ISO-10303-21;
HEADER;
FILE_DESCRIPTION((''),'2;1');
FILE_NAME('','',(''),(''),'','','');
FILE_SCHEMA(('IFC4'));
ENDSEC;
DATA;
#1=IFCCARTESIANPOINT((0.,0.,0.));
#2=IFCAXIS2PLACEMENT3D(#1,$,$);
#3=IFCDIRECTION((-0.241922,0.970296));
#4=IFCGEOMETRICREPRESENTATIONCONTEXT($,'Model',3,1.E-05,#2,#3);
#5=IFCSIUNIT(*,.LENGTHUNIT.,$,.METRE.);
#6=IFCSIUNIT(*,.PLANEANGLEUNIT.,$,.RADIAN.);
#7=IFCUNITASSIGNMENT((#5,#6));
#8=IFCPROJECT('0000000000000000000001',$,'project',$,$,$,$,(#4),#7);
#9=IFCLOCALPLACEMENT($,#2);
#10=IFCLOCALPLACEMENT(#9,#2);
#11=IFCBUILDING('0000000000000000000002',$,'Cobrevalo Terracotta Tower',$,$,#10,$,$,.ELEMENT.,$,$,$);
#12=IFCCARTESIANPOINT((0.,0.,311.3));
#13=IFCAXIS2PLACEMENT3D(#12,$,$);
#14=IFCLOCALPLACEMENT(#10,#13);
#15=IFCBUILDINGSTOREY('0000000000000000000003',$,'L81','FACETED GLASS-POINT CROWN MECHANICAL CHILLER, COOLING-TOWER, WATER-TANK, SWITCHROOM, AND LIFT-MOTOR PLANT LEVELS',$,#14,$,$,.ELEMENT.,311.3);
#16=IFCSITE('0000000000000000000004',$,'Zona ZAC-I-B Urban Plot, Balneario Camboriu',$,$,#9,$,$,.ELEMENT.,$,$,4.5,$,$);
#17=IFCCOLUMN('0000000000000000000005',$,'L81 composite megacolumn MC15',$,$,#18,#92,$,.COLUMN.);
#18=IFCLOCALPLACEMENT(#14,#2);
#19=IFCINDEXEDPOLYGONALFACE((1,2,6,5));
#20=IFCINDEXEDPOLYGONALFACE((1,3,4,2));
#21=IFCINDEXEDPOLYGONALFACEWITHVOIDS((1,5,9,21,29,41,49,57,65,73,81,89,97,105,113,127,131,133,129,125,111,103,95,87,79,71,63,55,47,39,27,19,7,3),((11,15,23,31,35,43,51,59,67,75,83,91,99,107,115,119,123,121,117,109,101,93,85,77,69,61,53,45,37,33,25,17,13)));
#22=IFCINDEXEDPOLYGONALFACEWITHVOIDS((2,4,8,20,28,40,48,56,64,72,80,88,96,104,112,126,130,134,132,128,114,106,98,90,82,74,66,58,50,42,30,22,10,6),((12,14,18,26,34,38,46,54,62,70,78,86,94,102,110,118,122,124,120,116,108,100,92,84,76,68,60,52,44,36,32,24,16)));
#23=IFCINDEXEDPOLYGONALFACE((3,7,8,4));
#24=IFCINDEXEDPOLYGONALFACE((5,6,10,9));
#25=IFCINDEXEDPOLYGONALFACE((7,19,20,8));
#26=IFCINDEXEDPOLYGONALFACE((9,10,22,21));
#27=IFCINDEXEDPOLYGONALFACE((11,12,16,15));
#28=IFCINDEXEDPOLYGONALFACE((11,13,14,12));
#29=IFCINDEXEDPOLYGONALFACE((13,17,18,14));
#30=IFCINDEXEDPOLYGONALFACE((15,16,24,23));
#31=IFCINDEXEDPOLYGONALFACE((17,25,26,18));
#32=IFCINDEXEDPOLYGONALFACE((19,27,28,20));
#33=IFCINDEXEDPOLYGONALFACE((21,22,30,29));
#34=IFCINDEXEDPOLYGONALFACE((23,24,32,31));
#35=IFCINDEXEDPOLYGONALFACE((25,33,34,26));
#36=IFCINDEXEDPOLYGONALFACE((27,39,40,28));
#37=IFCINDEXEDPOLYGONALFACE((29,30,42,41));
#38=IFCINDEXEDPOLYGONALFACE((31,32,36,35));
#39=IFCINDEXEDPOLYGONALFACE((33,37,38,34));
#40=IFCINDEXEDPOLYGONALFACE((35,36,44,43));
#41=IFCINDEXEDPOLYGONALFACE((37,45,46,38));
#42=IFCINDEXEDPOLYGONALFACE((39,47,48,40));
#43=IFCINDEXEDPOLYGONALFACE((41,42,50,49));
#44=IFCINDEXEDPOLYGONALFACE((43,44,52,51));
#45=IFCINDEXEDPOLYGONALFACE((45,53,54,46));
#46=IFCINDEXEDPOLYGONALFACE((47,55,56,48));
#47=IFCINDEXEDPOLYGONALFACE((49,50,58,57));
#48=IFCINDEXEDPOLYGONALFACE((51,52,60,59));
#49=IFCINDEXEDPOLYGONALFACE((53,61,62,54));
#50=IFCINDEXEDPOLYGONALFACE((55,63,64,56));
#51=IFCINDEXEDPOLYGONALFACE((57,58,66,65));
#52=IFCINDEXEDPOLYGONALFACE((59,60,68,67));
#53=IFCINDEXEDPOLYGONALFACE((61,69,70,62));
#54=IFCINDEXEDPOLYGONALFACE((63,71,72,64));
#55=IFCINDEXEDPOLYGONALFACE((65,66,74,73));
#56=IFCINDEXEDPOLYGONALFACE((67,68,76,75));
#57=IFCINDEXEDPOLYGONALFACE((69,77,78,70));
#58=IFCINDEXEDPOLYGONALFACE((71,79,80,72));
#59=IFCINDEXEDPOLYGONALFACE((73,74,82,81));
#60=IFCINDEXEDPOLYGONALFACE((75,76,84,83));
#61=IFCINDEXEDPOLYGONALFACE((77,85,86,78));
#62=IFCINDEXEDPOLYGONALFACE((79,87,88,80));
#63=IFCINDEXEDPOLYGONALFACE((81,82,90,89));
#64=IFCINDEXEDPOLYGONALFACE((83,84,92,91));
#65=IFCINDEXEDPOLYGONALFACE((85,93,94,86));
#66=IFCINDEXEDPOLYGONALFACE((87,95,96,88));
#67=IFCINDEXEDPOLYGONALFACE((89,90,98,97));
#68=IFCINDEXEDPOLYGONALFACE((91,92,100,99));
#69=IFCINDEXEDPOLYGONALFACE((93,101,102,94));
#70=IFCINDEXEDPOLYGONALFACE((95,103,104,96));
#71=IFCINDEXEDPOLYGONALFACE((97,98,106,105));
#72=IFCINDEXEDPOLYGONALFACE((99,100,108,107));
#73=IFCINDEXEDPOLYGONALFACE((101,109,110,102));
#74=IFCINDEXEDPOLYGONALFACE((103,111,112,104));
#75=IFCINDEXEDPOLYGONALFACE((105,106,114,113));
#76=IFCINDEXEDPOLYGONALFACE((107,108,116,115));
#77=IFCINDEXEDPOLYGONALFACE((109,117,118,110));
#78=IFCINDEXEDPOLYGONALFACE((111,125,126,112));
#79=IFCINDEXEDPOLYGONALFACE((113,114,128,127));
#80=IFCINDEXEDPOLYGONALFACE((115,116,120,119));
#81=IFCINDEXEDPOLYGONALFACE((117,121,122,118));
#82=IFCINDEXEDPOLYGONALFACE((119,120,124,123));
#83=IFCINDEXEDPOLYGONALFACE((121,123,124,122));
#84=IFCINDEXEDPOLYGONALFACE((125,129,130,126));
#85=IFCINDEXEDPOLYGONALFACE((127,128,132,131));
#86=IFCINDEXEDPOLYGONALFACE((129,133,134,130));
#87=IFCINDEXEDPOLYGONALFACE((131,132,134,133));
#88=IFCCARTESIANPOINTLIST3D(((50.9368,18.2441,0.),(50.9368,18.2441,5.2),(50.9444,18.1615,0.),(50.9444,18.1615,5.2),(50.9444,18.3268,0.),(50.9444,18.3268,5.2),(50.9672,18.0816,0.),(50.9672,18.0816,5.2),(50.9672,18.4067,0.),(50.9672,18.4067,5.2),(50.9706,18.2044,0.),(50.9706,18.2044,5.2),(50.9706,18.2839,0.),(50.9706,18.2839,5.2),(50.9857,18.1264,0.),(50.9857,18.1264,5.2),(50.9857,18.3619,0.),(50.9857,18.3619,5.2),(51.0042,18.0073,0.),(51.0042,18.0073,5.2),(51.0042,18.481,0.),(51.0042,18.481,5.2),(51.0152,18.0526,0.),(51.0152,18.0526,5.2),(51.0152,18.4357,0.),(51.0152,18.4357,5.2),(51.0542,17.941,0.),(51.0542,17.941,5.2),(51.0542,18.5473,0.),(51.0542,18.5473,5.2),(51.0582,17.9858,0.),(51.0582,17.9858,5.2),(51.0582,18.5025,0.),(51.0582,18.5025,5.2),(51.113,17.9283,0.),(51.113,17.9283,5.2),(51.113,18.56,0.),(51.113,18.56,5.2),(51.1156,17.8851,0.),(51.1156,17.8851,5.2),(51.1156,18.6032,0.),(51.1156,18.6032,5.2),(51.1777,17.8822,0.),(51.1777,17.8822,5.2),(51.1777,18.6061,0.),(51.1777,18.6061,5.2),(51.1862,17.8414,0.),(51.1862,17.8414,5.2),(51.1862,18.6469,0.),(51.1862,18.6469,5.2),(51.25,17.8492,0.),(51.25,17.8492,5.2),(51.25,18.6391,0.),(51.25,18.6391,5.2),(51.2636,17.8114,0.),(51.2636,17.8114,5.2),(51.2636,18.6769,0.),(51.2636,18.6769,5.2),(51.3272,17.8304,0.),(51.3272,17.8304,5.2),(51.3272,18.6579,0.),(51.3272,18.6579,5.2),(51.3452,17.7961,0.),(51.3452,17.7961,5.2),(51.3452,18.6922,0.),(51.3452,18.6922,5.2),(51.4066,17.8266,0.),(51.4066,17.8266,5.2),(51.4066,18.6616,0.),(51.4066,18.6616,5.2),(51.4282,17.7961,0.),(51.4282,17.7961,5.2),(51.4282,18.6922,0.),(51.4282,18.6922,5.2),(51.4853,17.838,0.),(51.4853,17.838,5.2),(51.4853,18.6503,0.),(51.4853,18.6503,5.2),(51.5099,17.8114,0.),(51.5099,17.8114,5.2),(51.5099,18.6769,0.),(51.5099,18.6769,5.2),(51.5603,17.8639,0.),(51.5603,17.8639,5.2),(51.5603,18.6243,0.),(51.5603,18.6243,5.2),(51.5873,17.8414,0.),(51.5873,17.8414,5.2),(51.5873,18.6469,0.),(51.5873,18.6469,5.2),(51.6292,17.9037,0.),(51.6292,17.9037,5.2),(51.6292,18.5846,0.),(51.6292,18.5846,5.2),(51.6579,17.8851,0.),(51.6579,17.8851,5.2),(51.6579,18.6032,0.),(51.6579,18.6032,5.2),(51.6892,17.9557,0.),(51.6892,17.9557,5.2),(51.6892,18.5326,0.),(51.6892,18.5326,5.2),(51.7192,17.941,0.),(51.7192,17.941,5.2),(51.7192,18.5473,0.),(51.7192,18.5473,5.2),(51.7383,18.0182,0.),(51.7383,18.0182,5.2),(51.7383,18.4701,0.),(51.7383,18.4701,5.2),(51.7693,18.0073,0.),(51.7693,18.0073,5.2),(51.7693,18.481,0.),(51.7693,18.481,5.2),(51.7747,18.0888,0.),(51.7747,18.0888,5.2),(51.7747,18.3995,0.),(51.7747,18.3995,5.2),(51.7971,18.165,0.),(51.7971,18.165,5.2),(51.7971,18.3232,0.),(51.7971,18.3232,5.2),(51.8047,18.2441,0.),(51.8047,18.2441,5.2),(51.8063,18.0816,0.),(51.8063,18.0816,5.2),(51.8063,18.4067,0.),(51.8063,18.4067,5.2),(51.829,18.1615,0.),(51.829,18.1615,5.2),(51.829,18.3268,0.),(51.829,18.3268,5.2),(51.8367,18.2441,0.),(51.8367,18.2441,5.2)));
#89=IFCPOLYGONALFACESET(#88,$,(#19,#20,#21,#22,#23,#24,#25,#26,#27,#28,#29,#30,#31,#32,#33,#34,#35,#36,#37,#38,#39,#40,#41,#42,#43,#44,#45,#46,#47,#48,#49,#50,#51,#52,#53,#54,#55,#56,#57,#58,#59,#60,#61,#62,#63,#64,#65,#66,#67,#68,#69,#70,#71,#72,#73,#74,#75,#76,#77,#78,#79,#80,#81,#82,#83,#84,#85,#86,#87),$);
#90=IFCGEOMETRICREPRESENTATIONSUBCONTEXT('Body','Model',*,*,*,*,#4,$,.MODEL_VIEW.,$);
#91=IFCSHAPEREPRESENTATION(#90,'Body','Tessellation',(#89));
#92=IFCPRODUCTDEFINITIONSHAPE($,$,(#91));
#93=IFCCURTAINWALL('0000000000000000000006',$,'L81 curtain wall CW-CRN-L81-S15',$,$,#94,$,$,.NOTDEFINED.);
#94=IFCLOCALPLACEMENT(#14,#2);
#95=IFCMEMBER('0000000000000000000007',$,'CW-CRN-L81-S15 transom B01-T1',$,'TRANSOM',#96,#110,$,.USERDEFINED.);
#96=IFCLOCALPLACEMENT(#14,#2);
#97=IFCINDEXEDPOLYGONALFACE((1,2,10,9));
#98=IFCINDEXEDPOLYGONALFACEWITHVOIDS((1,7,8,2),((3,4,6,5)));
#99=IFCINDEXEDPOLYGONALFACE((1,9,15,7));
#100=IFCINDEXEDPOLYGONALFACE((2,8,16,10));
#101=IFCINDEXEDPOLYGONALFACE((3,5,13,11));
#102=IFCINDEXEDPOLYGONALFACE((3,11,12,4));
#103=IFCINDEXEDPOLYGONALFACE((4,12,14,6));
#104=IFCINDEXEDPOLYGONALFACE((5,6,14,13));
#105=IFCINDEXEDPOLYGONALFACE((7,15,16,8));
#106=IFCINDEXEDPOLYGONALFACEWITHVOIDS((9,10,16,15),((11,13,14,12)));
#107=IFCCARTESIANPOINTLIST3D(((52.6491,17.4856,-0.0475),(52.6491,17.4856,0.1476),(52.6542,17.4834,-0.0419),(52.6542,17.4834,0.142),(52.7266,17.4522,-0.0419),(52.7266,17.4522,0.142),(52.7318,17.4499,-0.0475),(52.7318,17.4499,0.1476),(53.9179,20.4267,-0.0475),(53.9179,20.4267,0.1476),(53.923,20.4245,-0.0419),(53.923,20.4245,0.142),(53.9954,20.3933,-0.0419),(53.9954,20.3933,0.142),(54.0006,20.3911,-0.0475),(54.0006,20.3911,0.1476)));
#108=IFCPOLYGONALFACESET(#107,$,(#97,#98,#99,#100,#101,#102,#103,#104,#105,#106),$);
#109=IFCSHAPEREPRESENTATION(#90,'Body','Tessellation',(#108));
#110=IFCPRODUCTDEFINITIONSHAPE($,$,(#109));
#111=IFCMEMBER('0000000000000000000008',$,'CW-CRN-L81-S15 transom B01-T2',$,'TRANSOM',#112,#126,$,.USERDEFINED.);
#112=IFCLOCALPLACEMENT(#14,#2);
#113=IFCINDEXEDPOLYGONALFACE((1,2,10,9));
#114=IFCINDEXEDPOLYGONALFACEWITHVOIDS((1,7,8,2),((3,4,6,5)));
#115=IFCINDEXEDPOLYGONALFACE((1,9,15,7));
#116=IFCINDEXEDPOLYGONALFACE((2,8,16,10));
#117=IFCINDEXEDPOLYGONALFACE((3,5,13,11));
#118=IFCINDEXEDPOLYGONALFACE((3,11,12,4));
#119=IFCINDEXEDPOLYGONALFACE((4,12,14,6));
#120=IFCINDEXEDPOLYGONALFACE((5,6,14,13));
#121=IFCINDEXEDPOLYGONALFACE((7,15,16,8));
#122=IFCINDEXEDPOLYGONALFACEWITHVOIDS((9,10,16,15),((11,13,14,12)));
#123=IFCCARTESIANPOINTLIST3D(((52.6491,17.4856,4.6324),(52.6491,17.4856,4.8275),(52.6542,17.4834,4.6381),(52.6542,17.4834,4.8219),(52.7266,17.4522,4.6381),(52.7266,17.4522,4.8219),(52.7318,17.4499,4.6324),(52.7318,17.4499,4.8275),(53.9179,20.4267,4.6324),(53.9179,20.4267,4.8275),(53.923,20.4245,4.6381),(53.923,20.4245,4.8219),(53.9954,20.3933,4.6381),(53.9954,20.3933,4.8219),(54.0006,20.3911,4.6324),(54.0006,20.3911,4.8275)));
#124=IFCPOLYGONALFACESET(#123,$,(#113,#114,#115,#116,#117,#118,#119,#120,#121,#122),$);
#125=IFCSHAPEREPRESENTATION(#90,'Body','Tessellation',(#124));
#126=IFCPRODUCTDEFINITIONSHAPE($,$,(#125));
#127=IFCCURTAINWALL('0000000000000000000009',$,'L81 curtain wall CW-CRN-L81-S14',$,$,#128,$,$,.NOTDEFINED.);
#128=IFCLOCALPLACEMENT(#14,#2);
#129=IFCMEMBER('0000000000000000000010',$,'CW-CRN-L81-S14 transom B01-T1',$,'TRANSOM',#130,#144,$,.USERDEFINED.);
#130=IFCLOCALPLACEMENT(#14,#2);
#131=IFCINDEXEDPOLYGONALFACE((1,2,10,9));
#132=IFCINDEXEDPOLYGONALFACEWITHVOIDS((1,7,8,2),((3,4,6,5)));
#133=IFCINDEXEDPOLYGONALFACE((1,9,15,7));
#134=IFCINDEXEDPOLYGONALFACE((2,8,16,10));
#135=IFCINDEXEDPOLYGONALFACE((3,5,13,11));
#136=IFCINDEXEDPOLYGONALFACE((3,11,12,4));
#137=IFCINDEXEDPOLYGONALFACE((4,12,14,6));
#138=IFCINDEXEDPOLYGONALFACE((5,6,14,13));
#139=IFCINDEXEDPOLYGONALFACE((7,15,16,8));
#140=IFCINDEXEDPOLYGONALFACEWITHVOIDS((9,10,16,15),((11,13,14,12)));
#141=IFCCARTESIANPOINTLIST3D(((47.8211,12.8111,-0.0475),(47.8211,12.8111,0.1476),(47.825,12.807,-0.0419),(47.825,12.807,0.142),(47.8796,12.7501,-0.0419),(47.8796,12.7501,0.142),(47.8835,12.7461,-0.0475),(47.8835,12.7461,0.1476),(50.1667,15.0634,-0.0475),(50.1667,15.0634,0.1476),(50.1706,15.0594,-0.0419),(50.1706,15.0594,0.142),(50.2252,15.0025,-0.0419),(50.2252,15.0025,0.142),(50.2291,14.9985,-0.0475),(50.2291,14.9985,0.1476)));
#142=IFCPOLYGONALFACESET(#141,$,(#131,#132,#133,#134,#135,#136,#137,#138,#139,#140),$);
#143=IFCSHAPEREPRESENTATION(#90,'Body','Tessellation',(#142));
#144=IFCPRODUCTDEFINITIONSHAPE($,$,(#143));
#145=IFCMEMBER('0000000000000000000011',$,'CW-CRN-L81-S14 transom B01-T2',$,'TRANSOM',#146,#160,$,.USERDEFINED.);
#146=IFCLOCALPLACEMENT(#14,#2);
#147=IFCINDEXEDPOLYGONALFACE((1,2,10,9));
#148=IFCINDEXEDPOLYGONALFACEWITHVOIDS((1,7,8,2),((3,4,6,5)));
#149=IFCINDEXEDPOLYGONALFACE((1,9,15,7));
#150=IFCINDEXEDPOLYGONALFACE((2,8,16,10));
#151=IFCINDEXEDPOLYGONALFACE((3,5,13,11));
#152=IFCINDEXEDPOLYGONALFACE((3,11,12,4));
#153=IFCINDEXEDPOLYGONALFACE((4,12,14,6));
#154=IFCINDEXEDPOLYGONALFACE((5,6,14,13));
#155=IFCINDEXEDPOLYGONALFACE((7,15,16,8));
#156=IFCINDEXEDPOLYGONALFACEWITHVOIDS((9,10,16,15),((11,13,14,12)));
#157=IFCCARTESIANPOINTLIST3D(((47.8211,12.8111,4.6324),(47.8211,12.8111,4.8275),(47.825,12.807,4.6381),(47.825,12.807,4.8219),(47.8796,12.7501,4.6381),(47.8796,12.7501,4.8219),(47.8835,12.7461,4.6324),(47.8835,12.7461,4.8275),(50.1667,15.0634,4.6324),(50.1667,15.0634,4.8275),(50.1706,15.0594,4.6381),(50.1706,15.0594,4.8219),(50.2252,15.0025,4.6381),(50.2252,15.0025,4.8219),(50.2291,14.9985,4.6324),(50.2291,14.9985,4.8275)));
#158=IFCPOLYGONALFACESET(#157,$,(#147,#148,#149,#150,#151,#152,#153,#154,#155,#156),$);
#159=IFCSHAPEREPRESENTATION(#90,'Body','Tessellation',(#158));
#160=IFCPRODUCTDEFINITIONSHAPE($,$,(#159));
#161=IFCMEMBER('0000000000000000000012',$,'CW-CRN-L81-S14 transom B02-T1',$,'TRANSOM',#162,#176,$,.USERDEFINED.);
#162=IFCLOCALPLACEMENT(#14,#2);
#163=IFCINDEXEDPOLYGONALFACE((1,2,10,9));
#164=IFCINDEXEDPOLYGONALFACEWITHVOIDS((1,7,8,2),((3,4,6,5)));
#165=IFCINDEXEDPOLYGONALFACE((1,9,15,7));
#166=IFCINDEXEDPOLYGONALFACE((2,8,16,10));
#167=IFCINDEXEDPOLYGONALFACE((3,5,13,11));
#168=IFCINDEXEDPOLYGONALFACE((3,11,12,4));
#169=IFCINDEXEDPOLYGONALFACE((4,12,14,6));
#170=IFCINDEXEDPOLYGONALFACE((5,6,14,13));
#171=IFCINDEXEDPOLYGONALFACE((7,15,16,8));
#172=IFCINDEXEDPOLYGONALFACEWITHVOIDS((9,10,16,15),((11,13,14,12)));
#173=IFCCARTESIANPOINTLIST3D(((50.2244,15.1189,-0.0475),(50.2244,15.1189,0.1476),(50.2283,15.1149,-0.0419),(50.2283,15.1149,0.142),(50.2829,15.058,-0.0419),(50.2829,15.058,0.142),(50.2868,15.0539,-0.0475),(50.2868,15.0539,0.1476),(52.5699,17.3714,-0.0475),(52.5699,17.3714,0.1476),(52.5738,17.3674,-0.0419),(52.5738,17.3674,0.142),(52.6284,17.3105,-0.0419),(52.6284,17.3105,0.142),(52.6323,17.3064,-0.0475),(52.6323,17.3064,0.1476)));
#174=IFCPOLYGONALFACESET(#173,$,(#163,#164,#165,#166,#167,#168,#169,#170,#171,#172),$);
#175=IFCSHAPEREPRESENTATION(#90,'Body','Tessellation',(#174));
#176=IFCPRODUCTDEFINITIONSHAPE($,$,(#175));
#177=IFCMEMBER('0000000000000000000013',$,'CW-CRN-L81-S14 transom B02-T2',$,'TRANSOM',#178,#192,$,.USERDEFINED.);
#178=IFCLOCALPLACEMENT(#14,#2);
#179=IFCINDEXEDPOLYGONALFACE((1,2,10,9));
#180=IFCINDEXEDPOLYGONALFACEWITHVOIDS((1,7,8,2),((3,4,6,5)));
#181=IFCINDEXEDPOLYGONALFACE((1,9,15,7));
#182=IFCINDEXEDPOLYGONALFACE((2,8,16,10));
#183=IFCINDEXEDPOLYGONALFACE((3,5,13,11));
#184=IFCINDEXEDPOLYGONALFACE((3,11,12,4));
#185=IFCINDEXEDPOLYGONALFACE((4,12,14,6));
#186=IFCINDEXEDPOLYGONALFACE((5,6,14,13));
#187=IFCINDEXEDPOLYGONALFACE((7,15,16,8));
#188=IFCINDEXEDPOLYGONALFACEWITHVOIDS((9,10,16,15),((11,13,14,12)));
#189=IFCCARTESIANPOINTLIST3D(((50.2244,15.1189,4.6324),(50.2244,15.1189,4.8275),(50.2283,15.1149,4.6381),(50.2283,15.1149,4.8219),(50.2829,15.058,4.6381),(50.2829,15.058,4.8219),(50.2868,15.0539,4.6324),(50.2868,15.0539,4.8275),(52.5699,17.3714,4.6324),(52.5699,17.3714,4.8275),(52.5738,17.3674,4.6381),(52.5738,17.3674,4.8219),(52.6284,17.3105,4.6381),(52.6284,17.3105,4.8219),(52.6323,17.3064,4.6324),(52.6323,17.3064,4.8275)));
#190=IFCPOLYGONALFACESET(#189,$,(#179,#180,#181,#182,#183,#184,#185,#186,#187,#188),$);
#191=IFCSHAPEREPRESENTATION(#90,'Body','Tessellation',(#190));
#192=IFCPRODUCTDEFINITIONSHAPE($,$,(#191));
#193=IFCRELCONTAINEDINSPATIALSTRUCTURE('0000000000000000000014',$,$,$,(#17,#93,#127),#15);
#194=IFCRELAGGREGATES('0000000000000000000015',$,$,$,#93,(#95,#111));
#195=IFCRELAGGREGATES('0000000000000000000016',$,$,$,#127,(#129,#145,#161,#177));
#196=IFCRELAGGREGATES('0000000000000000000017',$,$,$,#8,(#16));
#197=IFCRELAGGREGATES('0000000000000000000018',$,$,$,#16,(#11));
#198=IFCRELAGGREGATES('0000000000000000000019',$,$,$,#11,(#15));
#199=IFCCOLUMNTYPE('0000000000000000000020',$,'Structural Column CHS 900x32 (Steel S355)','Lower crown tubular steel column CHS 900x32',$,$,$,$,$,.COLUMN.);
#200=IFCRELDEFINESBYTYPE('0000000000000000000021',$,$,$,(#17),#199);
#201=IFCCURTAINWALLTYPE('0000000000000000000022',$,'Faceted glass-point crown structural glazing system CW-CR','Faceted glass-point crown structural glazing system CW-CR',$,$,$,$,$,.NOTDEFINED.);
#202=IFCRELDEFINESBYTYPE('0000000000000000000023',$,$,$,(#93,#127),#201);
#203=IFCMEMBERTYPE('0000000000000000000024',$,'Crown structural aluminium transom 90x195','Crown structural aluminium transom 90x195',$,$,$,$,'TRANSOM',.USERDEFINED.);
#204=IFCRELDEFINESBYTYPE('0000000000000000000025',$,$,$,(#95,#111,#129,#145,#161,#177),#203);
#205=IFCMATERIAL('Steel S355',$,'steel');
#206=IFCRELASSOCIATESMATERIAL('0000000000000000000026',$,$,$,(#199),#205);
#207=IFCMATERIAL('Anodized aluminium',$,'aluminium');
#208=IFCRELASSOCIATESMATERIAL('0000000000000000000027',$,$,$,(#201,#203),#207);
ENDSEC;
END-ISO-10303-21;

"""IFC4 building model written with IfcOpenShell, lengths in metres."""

from ifc_helpers import new_model, si_unit, direction, frame, origin, origin_2d, place, context, subcontext, project, spatial, hollow_rectangle, hollow_circle, extrude, source, transform, mapped, material, material_profile, profile_set, type_object, element, aggregate, save


model = new_model("IFC4")

# Units and contexts
model_context = context("Model", 3, precision=1e-05, world=origin(), true_north=direction((-0.241922, 0.970296)))
body_context = subcontext(model_context, "Body", "Model", "MODEL_VIEW")
ifc_project = project(units=[si_unit("LENGTHUNIT", "METRE"), si_unit("PLANEANGLEUNIT", "RADIAN")], contexts=[model_context])

# Site, building, storey
site_placement = place(None, origin())
site = spatial("IfcSite", under=ifc_project, at=site_placement, Name="Zona ZAC-I-B Urban Plot, Balneario Camboriu", CompositionType="ELEMENT", RefElevation=4.5)
building_placement = place(site_placement, origin())
building = spatial("IfcBuilding", under=site, at=building_placement, Name="Cobrevalo Terracotta Tower", CompositionType="ELEMENT")
storey_placement = place(building_placement, frame((0.0, 0.0, 311.3)))
storey = spatial("IfcBuildingStorey", under=building, at=storey_placement, Name="L81", Description="FACETED GLASS-POINT CROWN MECHANICAL CHILLER, COOLING-TOWER, WATER-TANK, SWITCHROOM, AND LIFT-MOTOR PLANT LEVELS", CompositionType="ELEMENT", Elevation=311.3)

# Column
ifc_material_1 = material(Name="Steel S355", Category="steel")
ifc_material_profile_1 = material_profile(ifc_material_1, hollow_circle(Radius=0.45, WallThickness=0.032, at=origin_2d()), Name="CHS 900x32")
ifc_profile_set_1 = profile_set([ifc_material_profile_1], Name="Steel S355")
column_type = type_object("IfcColumnType", Name="Structural Column CHS 900x32 (Steel S355)", Description="Lower crown tubular steel column CHS 900x32", PredefinedType="COLUMN", material=ifc_profile_set_1)
column_placement = place(storey_placement, frame((51.3867, 18.2441, 0.0), z_axis=(0.0, 0.0, 1.0), x_axis=(1.0, 0.0, 0.0)))
element("IfcColumn", 1, at=column_placement, inside=storey, type_object=column_type, Name="L81 composite megacolumn MC15", PredefinedType="COLUMN", context=body_context, shape_type="SweptSolid", body=[
    extrude(hollow_circle(Radius=0.45, WallThickness=0.032, at=origin_2d()), origin(), (0.0, 0.0, 1.0), 5.2),
])

# Curtain walls, members
ifc_material_2 = material(Name="Anodized aluminium", Category="aluminium")
curtain_wall_type = type_object("IfcCurtainWallType", Name="Faceted glass-point crown structural glazing system CW-CR", Description="Faceted glass-point crown structural glazing system CW-CR", PredefinedType="NOTDEFINED", material=ifc_material_2)
curtain_wall_1_placement = place(storey_placement, origin())
curtain_wall_1 = element("IfcCurtainWall", 2, at=curtain_wall_1_placement, inside=storey, type_object=curtain_wall_type, Name="L81 curtain wall CW-CRN-L81-S15", PredefinedType="NOTDEFINED")
ifc_material_profile_2 = material_profile(ifc_material_2, hollow_rectangle(XDim=0.0901, YDim=0.1951, WallThickness=0.0056, at=origin_2d()), Name="CWT 90x195")
ifc_profile_set_2 = profile_set([ifc_material_profile_2], Name="Anodized aluminium")
member_type_1 = type_object("IfcMemberType", Name="Crown structural aluminium transom 90x195", Description="Crown structural aluminium transom 90x195", ElementType="TRANSOM", PredefinedType="USERDEFINED", material=ifc_profile_set_2)
shared_shape_1 = source(origin(), body_context, "Body", "SweptSolid", [
    extrude(hollow_rectangle(XDim=0.0901, YDim=0.1951, WallThickness=0.0056, at=origin_2d()), origin(), (0.0, 0.0, 1.0), 3.2031),
])
member_1_placement = place(storey_placement, frame((52.6904, 17.4678, 0.05), z_axis=(0.396107, 0.918204, 0.0), x_axis=(-0.918204, 0.396107, 0.0)))
member_1 = element("IfcMember", 3, at=member_1_placement, type_object=member_type_1, Name="CW-CRN-L81-S15 transom B01-T1", ObjectType="TRANSOM", PredefinedType="USERDEFINED", context=body_context, shape_type="MappedRepresentation", body=[
    mapped(shared_shape_1, transform((0.0, 0.0, 0.0), scale=1.0)),
])
member_2_placement = place(storey_placement, frame((52.6904, 17.4678, 4.73), z_axis=(0.396107, 0.918204, 0.0), x_axis=(-0.918204, 0.396107, 0.0)))
member_2 = element("IfcMember", 4, at=member_2_placement, type_object=member_type_1, Name="CW-CRN-L81-S15 transom B01-T2", ObjectType="TRANSOM", PredefinedType="USERDEFINED", context=body_context, shape_type="MappedRepresentation", body=[
    mapped(shared_shape_1, transform((0.0, 0.0, 0.0), scale=1.0)),
])
curtain_wall_2_placement = place(storey_placement, origin())
curtain_wall_2 = element("IfcCurtainWall", 5, at=curtain_wall_2_placement, inside=storey, type_object=curtain_wall_type, Name="L81 curtain wall CW-CRN-L81-S14", PredefinedType="NOTDEFINED")
shared_shape_2 = source(origin(), body_context, "Body", "SweptSolid", [
    extrude(hollow_rectangle(XDim=0.0901, YDim=0.1951, WallThickness=0.0056, at=origin_2d()), origin(), (0.0, 0.0, 1.0), 3.252),
])
member_3_placement = place(storey_placement, frame((47.8523, 12.7786, 0.05), z_axis=(0.7213, 0.692622, 0.0), x_axis=(-0.692622, 0.7213, 0.0)))
member_3 = element("IfcMember", 6, at=member_3_placement, type_object=member_type_1, Name="CW-CRN-L81-S14 transom B01-T1", ObjectType="TRANSOM", PredefinedType="USERDEFINED", context=body_context, shape_type="MappedRepresentation", body=[
    mapped(shared_shape_2, transform((0.0, 0.0, 0.0), scale=1.0)),
])
member_4_placement = place(storey_placement, frame((47.8523, 12.7786, 4.73), z_axis=(0.7213, 0.692622, 0.0), x_axis=(-0.692622, 0.7213, 0.0)))
member_4 = element("IfcMember", 7, at=member_4_placement, type_object=member_type_1, Name="CW-CRN-L81-S14 transom B01-T2", ObjectType="TRANSOM", PredefinedType="USERDEFINED", context=body_context, shape_type="MappedRepresentation", body=[
    mapped(shared_shape_2, transform((0.0, 0.0, 0.0), scale=1.0)),
])
member_5_placement = place(storey_placement, frame((50.2556, 15.0864, 0.05), z_axis=(0.721264, 0.69266, 0.0), x_axis=(-0.69266, 0.721264, 0.0)))
member_5 = element("IfcMember", 8, at=member_5_placement, type_object=member_type_1, Name="CW-CRN-L81-S14 transom B02-T1", ObjectType="TRANSOM", PredefinedType="USERDEFINED", context=body_context, shape_type="MappedRepresentation", body=[
    mapped(shared_shape_2, transform((0.0, 0.0, 0.0), scale=1.0)),
])
member_6_placement = place(storey_placement, frame((50.2556, 15.0864, 4.73), z_axis=(0.721264, 0.69266, 0.0), x_axis=(-0.69266, 0.721264, 0.0)))
member_6 = element("IfcMember", 9, at=member_6_placement, type_object=member_type_1, Name="CW-CRN-L81-S14 transom B02-T2", ObjectType="TRANSOM", PredefinedType="USERDEFINED", context=body_context, shape_type="MappedRepresentation", body=[
    mapped(shared_shape_2, transform((0.0, 0.0, 0.0), scale=1.0)),
])

aggregate(curtain_wall_1, [member_1, member_2])

aggregate(curtain_wall_2, [member_3, member_4, member_5, member_6])

save(model, "model.ifc")
